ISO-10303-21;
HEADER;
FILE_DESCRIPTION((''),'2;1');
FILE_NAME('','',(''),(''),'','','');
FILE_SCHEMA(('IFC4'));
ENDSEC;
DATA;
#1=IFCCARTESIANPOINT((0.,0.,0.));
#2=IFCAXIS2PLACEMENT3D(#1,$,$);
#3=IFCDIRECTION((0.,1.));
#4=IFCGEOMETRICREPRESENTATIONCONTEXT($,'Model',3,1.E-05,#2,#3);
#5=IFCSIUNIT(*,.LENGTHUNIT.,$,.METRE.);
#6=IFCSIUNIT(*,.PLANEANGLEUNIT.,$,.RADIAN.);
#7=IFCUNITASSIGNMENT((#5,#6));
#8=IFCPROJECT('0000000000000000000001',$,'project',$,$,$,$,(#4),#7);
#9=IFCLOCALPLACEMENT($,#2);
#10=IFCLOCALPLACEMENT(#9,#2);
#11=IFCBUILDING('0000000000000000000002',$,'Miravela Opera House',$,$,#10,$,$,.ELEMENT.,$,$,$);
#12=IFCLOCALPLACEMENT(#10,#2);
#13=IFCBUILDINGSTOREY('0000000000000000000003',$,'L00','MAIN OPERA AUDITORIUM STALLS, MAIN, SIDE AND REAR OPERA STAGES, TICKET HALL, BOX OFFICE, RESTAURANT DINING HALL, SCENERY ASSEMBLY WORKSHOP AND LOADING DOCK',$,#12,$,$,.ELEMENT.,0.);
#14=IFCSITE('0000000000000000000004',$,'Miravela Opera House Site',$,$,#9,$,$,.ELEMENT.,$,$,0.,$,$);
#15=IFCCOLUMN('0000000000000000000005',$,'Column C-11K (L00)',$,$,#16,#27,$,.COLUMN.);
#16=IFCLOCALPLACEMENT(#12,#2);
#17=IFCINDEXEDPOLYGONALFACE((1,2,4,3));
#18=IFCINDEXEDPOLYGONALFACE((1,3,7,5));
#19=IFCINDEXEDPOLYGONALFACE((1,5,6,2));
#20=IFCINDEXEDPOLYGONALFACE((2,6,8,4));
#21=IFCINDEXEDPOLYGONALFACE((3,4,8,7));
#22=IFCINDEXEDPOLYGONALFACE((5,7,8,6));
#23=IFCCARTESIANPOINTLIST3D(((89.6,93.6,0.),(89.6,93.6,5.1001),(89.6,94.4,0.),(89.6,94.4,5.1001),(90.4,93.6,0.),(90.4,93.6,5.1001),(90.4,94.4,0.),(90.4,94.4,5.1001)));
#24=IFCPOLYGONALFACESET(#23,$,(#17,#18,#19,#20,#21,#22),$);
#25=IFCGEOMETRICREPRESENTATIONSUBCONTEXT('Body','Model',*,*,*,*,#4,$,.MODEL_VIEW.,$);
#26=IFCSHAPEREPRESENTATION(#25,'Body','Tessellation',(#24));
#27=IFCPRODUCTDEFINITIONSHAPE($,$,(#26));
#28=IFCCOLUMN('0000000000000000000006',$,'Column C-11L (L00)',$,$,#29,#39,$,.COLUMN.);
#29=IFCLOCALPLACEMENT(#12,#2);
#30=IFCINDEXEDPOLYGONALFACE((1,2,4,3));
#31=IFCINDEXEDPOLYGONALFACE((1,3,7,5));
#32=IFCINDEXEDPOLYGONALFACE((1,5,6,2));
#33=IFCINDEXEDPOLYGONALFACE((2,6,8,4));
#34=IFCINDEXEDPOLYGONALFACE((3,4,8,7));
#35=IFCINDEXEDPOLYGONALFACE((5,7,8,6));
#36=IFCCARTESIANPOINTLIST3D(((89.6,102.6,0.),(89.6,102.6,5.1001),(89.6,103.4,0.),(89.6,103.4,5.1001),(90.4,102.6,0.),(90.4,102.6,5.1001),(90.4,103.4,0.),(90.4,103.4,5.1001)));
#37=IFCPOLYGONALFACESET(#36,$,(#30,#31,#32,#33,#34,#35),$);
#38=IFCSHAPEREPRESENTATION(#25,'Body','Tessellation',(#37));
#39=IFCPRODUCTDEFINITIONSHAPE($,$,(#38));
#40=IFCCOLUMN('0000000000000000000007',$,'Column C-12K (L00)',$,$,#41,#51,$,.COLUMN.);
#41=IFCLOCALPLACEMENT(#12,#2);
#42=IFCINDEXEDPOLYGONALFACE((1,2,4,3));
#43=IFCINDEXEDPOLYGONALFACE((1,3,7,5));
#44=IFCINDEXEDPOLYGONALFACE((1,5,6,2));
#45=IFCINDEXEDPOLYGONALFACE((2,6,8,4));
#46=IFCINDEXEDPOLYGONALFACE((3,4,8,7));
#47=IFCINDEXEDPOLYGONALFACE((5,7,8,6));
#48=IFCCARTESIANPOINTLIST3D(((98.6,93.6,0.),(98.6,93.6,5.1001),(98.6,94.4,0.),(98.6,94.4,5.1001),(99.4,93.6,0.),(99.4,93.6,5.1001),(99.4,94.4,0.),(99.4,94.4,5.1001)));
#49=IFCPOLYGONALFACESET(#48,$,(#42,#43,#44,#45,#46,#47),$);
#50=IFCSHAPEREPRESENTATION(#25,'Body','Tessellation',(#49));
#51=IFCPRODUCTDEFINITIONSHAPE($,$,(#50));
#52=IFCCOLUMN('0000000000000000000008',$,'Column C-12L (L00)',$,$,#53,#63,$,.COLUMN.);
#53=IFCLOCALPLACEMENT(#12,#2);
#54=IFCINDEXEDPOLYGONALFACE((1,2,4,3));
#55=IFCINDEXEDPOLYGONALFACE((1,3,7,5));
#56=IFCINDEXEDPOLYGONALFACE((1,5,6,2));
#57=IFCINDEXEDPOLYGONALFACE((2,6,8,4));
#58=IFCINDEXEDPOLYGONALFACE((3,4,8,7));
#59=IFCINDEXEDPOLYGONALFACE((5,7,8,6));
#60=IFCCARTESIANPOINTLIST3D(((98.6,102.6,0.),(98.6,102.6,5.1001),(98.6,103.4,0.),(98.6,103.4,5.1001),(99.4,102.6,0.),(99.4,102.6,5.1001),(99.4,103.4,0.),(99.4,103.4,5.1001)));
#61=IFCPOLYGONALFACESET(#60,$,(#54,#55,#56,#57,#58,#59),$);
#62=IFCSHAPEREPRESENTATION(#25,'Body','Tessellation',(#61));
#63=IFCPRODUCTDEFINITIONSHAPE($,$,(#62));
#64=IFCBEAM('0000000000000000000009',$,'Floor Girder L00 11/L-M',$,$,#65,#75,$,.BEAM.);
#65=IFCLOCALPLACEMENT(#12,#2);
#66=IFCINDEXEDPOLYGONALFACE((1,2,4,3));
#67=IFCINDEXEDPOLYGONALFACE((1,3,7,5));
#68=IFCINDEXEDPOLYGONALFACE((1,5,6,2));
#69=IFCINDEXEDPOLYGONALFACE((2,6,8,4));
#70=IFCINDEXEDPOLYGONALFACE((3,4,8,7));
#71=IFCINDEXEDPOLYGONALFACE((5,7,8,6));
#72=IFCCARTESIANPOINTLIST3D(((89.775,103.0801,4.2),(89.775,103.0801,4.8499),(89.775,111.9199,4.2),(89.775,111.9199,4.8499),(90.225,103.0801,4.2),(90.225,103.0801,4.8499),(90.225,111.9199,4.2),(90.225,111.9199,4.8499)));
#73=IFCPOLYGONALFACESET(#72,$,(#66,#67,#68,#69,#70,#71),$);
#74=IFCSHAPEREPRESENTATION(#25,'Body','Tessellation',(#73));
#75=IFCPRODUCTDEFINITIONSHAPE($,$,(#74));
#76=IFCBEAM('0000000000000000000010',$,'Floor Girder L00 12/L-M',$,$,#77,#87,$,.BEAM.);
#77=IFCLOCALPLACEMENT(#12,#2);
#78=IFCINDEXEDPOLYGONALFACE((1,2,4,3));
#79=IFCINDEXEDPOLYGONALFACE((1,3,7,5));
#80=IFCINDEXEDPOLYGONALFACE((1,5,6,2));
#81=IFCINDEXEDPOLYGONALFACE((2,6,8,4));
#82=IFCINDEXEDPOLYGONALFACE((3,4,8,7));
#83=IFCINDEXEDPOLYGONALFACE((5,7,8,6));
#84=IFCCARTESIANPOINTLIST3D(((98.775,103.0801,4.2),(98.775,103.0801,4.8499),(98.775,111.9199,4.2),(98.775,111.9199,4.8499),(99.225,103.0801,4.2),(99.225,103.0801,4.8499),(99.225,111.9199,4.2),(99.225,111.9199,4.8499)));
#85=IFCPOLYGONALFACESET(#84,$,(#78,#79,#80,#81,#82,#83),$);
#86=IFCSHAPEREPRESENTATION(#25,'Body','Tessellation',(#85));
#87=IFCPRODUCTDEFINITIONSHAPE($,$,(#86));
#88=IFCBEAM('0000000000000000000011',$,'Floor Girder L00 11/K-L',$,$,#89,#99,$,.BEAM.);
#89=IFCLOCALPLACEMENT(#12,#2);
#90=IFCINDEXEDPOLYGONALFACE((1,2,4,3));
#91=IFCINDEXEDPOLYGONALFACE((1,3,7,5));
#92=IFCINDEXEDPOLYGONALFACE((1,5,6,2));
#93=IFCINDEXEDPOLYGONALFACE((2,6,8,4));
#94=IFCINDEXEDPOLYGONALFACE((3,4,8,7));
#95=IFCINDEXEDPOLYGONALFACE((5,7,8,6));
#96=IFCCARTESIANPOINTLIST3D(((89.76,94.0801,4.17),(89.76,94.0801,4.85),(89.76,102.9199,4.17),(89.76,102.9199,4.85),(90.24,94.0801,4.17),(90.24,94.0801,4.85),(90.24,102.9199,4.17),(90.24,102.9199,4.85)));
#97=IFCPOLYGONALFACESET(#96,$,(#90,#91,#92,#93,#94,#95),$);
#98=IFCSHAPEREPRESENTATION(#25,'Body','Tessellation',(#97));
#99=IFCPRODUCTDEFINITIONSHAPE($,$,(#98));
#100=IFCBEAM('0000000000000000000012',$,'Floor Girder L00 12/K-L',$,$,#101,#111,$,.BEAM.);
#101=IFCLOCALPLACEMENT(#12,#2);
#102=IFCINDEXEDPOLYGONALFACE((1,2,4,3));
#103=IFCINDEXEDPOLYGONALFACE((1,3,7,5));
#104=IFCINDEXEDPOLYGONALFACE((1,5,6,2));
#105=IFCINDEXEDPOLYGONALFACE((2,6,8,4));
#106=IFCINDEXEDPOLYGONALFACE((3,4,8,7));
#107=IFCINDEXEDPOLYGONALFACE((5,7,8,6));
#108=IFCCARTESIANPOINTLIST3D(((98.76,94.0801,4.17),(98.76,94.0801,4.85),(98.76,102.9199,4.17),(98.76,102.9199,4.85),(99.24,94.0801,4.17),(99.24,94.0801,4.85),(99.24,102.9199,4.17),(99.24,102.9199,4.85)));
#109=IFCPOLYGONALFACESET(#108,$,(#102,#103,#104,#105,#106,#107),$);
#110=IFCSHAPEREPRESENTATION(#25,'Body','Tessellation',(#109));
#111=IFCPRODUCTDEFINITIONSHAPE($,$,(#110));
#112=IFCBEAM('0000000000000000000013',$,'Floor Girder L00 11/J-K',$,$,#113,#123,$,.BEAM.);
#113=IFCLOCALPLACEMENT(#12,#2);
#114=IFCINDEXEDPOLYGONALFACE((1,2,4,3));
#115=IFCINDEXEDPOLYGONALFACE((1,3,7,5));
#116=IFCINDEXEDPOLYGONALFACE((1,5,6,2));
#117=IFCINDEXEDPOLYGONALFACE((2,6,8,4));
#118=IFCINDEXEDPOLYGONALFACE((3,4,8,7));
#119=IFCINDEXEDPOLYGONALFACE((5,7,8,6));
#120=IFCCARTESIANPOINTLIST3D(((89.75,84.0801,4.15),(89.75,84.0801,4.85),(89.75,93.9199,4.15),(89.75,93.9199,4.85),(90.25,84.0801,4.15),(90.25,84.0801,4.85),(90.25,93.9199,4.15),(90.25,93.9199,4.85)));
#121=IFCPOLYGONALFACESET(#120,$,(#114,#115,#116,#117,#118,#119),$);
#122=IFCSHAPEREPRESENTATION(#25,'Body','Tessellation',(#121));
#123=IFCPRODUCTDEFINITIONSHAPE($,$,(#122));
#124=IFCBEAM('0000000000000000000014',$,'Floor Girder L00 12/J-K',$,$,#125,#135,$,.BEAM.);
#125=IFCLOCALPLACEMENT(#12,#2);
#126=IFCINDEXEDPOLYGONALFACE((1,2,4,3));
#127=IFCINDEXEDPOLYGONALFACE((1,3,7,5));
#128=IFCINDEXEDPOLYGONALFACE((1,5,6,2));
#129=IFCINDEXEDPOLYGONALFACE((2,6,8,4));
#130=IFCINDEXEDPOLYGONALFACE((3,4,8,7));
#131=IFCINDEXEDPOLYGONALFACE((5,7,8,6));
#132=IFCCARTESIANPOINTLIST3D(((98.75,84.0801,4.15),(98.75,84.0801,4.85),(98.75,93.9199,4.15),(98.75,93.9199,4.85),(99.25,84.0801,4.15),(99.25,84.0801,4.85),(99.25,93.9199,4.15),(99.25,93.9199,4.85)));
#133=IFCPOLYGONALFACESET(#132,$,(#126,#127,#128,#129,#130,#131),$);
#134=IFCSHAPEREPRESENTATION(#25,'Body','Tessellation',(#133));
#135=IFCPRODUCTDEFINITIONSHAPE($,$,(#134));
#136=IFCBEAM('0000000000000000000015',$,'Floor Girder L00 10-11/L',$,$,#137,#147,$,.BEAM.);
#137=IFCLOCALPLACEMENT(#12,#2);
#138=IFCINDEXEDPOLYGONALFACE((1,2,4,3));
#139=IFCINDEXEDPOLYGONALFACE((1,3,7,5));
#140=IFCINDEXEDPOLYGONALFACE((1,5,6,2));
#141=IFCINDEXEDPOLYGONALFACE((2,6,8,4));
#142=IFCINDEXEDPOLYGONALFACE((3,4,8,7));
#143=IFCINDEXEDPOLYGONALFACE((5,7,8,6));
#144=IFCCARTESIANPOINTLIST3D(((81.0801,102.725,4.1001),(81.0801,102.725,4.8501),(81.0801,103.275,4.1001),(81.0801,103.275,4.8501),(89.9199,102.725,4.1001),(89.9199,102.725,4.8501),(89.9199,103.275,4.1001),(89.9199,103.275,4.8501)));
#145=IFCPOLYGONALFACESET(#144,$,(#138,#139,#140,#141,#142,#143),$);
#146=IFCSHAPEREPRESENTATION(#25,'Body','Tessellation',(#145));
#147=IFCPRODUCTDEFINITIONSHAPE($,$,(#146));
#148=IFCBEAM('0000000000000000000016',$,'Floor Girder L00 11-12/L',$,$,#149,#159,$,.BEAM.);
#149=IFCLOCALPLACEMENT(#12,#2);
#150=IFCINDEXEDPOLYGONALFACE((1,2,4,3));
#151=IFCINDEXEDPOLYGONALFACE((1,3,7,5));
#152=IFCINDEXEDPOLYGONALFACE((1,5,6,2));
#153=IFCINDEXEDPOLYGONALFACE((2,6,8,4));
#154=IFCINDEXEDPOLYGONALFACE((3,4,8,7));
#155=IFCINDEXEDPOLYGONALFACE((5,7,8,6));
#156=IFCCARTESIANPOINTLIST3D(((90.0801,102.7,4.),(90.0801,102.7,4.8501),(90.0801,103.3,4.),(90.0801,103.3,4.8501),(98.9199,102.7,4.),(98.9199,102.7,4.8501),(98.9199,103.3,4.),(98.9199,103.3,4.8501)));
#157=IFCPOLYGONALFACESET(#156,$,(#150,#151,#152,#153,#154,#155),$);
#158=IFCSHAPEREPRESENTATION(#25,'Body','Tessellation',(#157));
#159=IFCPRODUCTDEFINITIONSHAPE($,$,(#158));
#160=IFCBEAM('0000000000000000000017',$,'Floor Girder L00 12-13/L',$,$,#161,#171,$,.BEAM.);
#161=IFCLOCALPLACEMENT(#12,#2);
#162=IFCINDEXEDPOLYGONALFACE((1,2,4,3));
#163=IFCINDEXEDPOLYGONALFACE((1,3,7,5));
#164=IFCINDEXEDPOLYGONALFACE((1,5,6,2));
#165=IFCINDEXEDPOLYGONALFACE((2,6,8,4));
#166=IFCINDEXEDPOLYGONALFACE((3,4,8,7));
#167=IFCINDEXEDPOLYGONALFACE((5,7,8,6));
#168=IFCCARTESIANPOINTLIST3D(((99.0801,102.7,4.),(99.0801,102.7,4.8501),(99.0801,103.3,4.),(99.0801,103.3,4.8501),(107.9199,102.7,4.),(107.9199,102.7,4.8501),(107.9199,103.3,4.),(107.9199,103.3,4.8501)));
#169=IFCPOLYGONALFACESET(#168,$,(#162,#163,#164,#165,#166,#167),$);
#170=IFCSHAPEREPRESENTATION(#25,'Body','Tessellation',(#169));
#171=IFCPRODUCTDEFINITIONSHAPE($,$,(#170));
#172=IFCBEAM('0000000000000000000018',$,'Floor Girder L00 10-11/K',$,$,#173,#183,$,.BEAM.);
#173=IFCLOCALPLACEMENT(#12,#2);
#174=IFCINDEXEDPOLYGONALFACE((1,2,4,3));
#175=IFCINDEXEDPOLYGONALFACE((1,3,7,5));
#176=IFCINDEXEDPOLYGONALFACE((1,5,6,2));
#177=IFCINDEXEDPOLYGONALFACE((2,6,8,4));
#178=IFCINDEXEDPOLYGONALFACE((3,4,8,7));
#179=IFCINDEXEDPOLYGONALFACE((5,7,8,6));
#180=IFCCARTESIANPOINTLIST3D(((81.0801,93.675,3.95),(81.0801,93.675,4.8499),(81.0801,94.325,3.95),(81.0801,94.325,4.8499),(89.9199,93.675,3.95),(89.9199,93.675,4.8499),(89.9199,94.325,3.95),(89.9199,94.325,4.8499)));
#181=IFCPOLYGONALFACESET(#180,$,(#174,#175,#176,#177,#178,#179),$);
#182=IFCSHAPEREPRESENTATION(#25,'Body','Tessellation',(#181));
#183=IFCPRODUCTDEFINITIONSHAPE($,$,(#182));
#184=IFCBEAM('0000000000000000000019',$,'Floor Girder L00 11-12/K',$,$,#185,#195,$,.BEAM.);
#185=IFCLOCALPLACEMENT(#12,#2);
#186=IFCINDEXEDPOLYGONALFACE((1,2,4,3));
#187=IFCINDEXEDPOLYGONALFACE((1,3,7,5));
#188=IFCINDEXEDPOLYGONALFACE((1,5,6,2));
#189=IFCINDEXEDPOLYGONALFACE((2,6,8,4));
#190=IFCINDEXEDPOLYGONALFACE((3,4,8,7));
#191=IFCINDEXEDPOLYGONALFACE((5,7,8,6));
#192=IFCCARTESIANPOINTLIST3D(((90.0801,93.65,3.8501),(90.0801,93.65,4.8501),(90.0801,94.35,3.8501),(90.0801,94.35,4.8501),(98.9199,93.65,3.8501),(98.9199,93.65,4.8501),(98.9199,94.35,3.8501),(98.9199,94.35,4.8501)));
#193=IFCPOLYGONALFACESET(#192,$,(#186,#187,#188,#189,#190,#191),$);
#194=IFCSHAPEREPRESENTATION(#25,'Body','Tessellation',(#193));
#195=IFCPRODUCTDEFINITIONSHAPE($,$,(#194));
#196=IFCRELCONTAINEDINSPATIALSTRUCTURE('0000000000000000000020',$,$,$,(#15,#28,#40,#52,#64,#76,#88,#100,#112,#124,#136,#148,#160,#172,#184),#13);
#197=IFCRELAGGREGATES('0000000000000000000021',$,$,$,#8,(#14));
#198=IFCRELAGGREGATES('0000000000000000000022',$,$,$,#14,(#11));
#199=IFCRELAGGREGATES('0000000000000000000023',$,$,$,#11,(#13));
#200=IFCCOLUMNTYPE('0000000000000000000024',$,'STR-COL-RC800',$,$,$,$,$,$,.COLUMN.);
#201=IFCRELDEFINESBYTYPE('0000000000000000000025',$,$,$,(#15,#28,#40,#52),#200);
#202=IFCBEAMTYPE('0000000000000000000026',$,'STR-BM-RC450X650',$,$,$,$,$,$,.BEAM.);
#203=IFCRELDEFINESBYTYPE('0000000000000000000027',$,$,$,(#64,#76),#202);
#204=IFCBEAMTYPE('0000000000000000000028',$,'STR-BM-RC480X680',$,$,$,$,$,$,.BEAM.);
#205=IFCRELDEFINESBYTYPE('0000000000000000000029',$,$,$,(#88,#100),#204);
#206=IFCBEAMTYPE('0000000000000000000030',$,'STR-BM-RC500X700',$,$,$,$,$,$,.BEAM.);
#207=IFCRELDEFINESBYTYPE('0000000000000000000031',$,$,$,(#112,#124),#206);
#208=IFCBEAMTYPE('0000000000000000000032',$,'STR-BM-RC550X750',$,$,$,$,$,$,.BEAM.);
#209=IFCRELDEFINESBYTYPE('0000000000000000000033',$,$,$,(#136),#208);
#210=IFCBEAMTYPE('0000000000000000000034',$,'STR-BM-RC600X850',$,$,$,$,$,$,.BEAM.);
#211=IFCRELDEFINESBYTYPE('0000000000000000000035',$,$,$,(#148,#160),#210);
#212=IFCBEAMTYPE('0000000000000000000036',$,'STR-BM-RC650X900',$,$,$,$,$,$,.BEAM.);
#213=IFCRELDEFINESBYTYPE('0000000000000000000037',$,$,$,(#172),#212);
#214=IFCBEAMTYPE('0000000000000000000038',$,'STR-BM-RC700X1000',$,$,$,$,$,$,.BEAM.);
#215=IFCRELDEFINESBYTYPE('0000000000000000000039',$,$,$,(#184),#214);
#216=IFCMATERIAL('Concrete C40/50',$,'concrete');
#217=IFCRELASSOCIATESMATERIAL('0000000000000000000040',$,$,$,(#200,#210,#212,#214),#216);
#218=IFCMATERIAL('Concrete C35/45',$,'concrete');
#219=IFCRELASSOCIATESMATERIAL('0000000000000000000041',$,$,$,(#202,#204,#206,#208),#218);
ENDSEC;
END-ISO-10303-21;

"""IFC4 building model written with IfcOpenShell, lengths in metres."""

from ifc_helpers import new_model, si_unit, direction, frame, origin, origin_2d, place, context, subcontext, project, spatial, rectangle, extrude, material, material_profile, profile_set, type_object, element, save


model = new_model("IFC4")

# Units and contexts
model_context = context("Model", 3, precision=1e-05, world=origin(), true_north=direction((0.0, 1.0)))
body_context = subcontext(model_context, "Body", "Model", "MODEL_VIEW")
ifc_project = project(units=[si_unit("LENGTHUNIT", "METRE"), si_unit("PLANEANGLEUNIT", "RADIAN")], contexts=[model_context])

# Site, building, storey
site_placement = place(None, origin())
site = spatial("IfcSite", under=ifc_project, at=site_placement, Name="Miravela Opera House Site", CompositionType="ELEMENT", RefElevation=0.0)
building_placement = place(site_placement, origin())
building = spatial("IfcBuilding", under=site, at=building_placement, Name="Miravela Opera House", CompositionType="ELEMENT")
storey_placement = place(building_placement, origin())
storey = spatial("IfcBuildingStorey", under=building, at=storey_placement, Name="L00", Description="MAIN OPERA AUDITORIUM STALLS, MAIN, SIDE AND REAR OPERA STAGES, TICKET HALL, BOX OFFICE, RESTAURANT DINING HALL, SCENERY ASSEMBLY WORKSHOP AND LOADING DOCK", CompositionType="ELEMENT", Elevation=0.0)

# Columns
ifc_material_1 = material(Name="Concrete C40/50", Category="concrete")
ifc_material_profile_1 = material_profile(ifc_material_1, rectangle(XDim=0.8, YDim=0.8, at=origin_2d()), Name="RC-COL-800X800")
ifc_profile_set_1 = profile_set([ifc_material_profile_1])
column_type = type_object("IfcColumnType", Name="STR-COL-RC800", PredefinedType="COLUMN", material=ifc_profile_set_1)
for number, where, z_axis, x_axis, name in (
    (1, (90.0, 94.0, 0.0), (0.0, 0.0, 1.0), (1.0, 0.0, 0.0), "Column C-11K (L00)"),
    (2, (90.0, 103.0, 0.0), (0.0, 0.0, 1.0), (1.0, 0.0, 0.0), "Column C-11L (L00)"),
    (3, (99.0, 94.0, 0.0), (0.0, 0.0, 1.0), (1.0, 0.0, 0.0), "Column C-12K (L00)"),
    (4, (99.0, 103.0, 0.0), (0.0, 0.0, 1.0), (1.0, 0.0, 0.0), "Column C-12L (L00)"),
):
    element("IfcColumn", number, at=place(storey_placement, frame(where, z_axis=z_axis, x_axis=x_axis)), inside=storey, type_object=column_type, Name=name, PredefinedType="COLUMN", context=body_context, shape_type="SweptSolid", body=[
        extrude(rectangle(XDim=0.8, YDim=0.8, at=origin_2d()), origin(), (0.0, 0.0, 1.0), 5.1001),
    ])

# Beams
ifc_material_2 = material(Name="Concrete C35/45", Category="concrete")
ifc_material_profile_2 = material_profile(ifc_material_2, rectangle(XDim=0.45, YDim=0.6499, at=origin_2d()), Name="RC-BM-450X650")
ifc_profile_set_2 = profile_set([ifc_material_profile_2])
beam_type_1 = type_object("IfcBeamType", Name="STR-BM-RC450X650", PredefinedType="BEAM", material=ifc_profile_set_2)
for number, where, z_axis, x_axis, name in (
    (5, (90.0, 103.0801, 4.5249), (0.0, 1.0, 0.0), (-1.0, 0.0, 0.0), "Floor Girder L00 11/L-M"),
    (6, (99.0, 103.0801, 4.5249), (0.0, 1.0, 0.0), (-1.0, 0.0, 0.0), "Floor Girder L00 12/L-M"),
):
    element("IfcBeam", number, at=place(storey_placement, frame(where, z_axis=z_axis, x_axis=x_axis)), inside=storey, type_object=beam_type_1, Name=name, PredefinedType="BEAM", context=body_context, shape_type="SweptSolid", body=[
        extrude(rectangle(XDim=0.45, YDim=0.6499, at=origin_2d()), origin(), (0.0, 0.0, 1.0), 8.8398),
    ])
ifc_material_profile_3 = material_profile(ifc_material_2, rectangle(XDim=0.48, YDim=0.6799, at=origin_2d()), Name="RC-BM-480X680")
ifc_profile_set_3 = profile_set([ifc_material_profile_3])
beam_type_2 = type_object("IfcBeamType", Name="STR-BM-RC480X680", PredefinedType="BEAM", material=ifc_profile_set_3)
for number, where, z_axis, x_axis, name in (
    (7, (90.0, 94.0801, 4.51), (0.0, 1.0, 0.0), (-1.0, 0.0, 0.0), "Floor Girder L00 11/K-L"),
    (8, (99.0, 94.0801, 4.51), (0.0, 1.0, 0.0), (-1.0, 0.0, 0.0), "Floor Girder L00 12/K-L"),
):
    element("IfcBeam", number, at=place(storey_placement, frame(where, z_axis=z_axis, x_axis=x_axis)), inside=storey, type_object=beam_type_2, Name=name, PredefinedType="BEAM", context=body_context, shape_type="SweptSolid", body=[
        extrude(rectangle(XDim=0.48, YDim=0.6799, at=origin_2d()), origin(), (0.0, 0.0, 1.0), 8.8398),
    ])
ifc_material_profile_4 = material_profile(ifc_material_2, rectangle(XDim=0.5, YDim=0.7, at=origin_2d()), Name="RC-BM-500X700")
ifc_profile_set_4 = profile_set([ifc_material_profile_4])
beam_type_3 = type_object("IfcBeamType", Name="STR-BM-RC500X700", PredefinedType="BEAM", material=ifc_profile_set_4)
for number, where, z_axis, x_axis, name in (
    (9, (90.0, 84.0801, 4.5), (0.0, 1.0, 0.0), (-1.0, 0.0, 0.0), "Floor Girder L00 11/J-K"),
    (10, (99.0, 84.0801, 4.5), (0.0, 1.0, 0.0), (-1.0, 0.0, 0.0), "Floor Girder L00 12/J-K"),
):
    element("IfcBeam", number, at=place(storey_placement, frame(where, z_axis=z_axis, x_axis=x_axis)), inside=storey, type_object=beam_type_3, Name=name, PredefinedType="BEAM", context=body_context, shape_type="SweptSolid", body=[
        extrude(rectangle(XDim=0.5, YDim=0.7, at=origin_2d()), origin(), (0.0, 0.0, 1.0), 9.8398),
    ])
ifc_material_profile_5 = material_profile(ifc_material_2, rectangle(XDim=0.55, YDim=0.75, at=origin_2d()), Name="RC-BM-550X750")
ifc_profile_set_5 = profile_set([ifc_material_profile_5])
beam_type_4 = type_object("IfcBeamType", Name="STR-BM-RC550X750", PredefinedType="BEAM", material=ifc_profile_set_5)
beam_1_placement = place(storey_placement, frame((81.0801, 103.0, 4.4751), z_axis=(1.0, 0.0, 0.0), x_axis=(0.0, 1.0, 0.0)))
element("IfcBeam", 11, at=beam_1_placement, inside=storey, type_object=beam_type_4, Name="Floor Girder L00 10-11/L", PredefinedType="BEAM", context=body_context, shape_type="SweptSolid", body=[
    extrude(rectangle(XDim=0.55, YDim=0.75, at=origin_2d()), origin(), (0.0, 0.0, 1.0), 8.8398),
])
ifc_material_profile_6 = material_profile(ifc_material_1, rectangle(XDim=0.6001, YDim=0.8501, at=origin_2d()), Name="RC-BM-600X850")
ifc_profile_set_6 = profile_set([ifc_material_profile_6])
beam_type_5 = type_object("IfcBeamType", Name="STR-BM-RC600X850", PredefinedType="BEAM", material=ifc_profile_set_6)
for number, where, z_axis, x_axis, name in (
    (12, (90.0801, 103.0, 4.425), (1.0, 0.0, 0.0), (0.0, 1.0, 0.0), "Floor Girder L00 11-12/L"),
    (13, (99.0801, 103.0, 4.425), (1.0, 0.0, 0.0), (0.0, 1.0, 0.0), "Floor Girder L00 12-13/L"),
):
    element("IfcBeam", number, at=place(storey_placement, frame(where, z_axis=z_axis, x_axis=x_axis)), inside=storey, type_object=beam_type_5, Name=name, PredefinedType="BEAM", context=body_context, shape_type="SweptSolid", body=[
        extrude(rectangle(XDim=0.6001, YDim=0.8501, at=origin_2d()), origin(), (0.0, 0.0, 1.0), 8.8398),
    ])
ifc_material_profile_7 = material_profile(ifc_material_1, rectangle(XDim=0.6499, YDim=0.8999, at=origin_2d()), Name="RC-BM-650X900")
ifc_profile_set_7 = profile_set([ifc_material_profile_7])
beam_type_6 = type_object("IfcBeamType", Name="STR-BM-RC650X900", PredefinedType="BEAM", material=ifc_profile_set_7)
beam_2_placement = place(storey_placement, frame((81.0801, 94.0, 4.3999), z_axis=(1.0, 0.0, 0.0), x_axis=(0.0, 1.0, 0.0)))
element("IfcBeam", 14, at=beam_2_placement, inside=storey, type_object=beam_type_6, Name="Floor Girder L00 10-11/K", PredefinedType="BEAM", context=body_context, shape_type="SweptSolid", body=[
    extrude(rectangle(XDim=0.6499, YDim=0.8999, at=origin_2d()), origin(), (0.0, 0.0, 1.0), 8.8398),
])
ifc_material_profile_8 = material_profile(ifc_material_1, rectangle(XDim=0.7, YDim=1.0, at=origin_2d()), Name="RC-BM-700X1000")
ifc_profile_set_8 = profile_set([ifc_material_profile_8])
beam_type_7 = type_object("IfcBeamType", Name="STR-BM-RC700X1000", PredefinedType="BEAM", material=ifc_profile_set_8)
for number, where, z_axis, x_axis, name in (
    (15, (90.0801, 94.0, 4.3501), (1.0, 0.0, 0.0), (0.0, 1.0, 0.0), "Floor Girder L00 11-12/K"),
):
    element("IfcBeam", number, at=place(storey_placement, frame(where, z_axis=z_axis, x_axis=x_axis)), inside=storey, type_object=beam_type_7, Name=name, PredefinedType="BEAM", context=body_context, shape_type="SweptSolid", body=[
        extrude(rectangle(XDim=0.7, YDim=1.0, at=origin_2d()), origin(), (0.0, 0.0, 1.0), 8.8398),
    ])

save(model, "model.ifc")
